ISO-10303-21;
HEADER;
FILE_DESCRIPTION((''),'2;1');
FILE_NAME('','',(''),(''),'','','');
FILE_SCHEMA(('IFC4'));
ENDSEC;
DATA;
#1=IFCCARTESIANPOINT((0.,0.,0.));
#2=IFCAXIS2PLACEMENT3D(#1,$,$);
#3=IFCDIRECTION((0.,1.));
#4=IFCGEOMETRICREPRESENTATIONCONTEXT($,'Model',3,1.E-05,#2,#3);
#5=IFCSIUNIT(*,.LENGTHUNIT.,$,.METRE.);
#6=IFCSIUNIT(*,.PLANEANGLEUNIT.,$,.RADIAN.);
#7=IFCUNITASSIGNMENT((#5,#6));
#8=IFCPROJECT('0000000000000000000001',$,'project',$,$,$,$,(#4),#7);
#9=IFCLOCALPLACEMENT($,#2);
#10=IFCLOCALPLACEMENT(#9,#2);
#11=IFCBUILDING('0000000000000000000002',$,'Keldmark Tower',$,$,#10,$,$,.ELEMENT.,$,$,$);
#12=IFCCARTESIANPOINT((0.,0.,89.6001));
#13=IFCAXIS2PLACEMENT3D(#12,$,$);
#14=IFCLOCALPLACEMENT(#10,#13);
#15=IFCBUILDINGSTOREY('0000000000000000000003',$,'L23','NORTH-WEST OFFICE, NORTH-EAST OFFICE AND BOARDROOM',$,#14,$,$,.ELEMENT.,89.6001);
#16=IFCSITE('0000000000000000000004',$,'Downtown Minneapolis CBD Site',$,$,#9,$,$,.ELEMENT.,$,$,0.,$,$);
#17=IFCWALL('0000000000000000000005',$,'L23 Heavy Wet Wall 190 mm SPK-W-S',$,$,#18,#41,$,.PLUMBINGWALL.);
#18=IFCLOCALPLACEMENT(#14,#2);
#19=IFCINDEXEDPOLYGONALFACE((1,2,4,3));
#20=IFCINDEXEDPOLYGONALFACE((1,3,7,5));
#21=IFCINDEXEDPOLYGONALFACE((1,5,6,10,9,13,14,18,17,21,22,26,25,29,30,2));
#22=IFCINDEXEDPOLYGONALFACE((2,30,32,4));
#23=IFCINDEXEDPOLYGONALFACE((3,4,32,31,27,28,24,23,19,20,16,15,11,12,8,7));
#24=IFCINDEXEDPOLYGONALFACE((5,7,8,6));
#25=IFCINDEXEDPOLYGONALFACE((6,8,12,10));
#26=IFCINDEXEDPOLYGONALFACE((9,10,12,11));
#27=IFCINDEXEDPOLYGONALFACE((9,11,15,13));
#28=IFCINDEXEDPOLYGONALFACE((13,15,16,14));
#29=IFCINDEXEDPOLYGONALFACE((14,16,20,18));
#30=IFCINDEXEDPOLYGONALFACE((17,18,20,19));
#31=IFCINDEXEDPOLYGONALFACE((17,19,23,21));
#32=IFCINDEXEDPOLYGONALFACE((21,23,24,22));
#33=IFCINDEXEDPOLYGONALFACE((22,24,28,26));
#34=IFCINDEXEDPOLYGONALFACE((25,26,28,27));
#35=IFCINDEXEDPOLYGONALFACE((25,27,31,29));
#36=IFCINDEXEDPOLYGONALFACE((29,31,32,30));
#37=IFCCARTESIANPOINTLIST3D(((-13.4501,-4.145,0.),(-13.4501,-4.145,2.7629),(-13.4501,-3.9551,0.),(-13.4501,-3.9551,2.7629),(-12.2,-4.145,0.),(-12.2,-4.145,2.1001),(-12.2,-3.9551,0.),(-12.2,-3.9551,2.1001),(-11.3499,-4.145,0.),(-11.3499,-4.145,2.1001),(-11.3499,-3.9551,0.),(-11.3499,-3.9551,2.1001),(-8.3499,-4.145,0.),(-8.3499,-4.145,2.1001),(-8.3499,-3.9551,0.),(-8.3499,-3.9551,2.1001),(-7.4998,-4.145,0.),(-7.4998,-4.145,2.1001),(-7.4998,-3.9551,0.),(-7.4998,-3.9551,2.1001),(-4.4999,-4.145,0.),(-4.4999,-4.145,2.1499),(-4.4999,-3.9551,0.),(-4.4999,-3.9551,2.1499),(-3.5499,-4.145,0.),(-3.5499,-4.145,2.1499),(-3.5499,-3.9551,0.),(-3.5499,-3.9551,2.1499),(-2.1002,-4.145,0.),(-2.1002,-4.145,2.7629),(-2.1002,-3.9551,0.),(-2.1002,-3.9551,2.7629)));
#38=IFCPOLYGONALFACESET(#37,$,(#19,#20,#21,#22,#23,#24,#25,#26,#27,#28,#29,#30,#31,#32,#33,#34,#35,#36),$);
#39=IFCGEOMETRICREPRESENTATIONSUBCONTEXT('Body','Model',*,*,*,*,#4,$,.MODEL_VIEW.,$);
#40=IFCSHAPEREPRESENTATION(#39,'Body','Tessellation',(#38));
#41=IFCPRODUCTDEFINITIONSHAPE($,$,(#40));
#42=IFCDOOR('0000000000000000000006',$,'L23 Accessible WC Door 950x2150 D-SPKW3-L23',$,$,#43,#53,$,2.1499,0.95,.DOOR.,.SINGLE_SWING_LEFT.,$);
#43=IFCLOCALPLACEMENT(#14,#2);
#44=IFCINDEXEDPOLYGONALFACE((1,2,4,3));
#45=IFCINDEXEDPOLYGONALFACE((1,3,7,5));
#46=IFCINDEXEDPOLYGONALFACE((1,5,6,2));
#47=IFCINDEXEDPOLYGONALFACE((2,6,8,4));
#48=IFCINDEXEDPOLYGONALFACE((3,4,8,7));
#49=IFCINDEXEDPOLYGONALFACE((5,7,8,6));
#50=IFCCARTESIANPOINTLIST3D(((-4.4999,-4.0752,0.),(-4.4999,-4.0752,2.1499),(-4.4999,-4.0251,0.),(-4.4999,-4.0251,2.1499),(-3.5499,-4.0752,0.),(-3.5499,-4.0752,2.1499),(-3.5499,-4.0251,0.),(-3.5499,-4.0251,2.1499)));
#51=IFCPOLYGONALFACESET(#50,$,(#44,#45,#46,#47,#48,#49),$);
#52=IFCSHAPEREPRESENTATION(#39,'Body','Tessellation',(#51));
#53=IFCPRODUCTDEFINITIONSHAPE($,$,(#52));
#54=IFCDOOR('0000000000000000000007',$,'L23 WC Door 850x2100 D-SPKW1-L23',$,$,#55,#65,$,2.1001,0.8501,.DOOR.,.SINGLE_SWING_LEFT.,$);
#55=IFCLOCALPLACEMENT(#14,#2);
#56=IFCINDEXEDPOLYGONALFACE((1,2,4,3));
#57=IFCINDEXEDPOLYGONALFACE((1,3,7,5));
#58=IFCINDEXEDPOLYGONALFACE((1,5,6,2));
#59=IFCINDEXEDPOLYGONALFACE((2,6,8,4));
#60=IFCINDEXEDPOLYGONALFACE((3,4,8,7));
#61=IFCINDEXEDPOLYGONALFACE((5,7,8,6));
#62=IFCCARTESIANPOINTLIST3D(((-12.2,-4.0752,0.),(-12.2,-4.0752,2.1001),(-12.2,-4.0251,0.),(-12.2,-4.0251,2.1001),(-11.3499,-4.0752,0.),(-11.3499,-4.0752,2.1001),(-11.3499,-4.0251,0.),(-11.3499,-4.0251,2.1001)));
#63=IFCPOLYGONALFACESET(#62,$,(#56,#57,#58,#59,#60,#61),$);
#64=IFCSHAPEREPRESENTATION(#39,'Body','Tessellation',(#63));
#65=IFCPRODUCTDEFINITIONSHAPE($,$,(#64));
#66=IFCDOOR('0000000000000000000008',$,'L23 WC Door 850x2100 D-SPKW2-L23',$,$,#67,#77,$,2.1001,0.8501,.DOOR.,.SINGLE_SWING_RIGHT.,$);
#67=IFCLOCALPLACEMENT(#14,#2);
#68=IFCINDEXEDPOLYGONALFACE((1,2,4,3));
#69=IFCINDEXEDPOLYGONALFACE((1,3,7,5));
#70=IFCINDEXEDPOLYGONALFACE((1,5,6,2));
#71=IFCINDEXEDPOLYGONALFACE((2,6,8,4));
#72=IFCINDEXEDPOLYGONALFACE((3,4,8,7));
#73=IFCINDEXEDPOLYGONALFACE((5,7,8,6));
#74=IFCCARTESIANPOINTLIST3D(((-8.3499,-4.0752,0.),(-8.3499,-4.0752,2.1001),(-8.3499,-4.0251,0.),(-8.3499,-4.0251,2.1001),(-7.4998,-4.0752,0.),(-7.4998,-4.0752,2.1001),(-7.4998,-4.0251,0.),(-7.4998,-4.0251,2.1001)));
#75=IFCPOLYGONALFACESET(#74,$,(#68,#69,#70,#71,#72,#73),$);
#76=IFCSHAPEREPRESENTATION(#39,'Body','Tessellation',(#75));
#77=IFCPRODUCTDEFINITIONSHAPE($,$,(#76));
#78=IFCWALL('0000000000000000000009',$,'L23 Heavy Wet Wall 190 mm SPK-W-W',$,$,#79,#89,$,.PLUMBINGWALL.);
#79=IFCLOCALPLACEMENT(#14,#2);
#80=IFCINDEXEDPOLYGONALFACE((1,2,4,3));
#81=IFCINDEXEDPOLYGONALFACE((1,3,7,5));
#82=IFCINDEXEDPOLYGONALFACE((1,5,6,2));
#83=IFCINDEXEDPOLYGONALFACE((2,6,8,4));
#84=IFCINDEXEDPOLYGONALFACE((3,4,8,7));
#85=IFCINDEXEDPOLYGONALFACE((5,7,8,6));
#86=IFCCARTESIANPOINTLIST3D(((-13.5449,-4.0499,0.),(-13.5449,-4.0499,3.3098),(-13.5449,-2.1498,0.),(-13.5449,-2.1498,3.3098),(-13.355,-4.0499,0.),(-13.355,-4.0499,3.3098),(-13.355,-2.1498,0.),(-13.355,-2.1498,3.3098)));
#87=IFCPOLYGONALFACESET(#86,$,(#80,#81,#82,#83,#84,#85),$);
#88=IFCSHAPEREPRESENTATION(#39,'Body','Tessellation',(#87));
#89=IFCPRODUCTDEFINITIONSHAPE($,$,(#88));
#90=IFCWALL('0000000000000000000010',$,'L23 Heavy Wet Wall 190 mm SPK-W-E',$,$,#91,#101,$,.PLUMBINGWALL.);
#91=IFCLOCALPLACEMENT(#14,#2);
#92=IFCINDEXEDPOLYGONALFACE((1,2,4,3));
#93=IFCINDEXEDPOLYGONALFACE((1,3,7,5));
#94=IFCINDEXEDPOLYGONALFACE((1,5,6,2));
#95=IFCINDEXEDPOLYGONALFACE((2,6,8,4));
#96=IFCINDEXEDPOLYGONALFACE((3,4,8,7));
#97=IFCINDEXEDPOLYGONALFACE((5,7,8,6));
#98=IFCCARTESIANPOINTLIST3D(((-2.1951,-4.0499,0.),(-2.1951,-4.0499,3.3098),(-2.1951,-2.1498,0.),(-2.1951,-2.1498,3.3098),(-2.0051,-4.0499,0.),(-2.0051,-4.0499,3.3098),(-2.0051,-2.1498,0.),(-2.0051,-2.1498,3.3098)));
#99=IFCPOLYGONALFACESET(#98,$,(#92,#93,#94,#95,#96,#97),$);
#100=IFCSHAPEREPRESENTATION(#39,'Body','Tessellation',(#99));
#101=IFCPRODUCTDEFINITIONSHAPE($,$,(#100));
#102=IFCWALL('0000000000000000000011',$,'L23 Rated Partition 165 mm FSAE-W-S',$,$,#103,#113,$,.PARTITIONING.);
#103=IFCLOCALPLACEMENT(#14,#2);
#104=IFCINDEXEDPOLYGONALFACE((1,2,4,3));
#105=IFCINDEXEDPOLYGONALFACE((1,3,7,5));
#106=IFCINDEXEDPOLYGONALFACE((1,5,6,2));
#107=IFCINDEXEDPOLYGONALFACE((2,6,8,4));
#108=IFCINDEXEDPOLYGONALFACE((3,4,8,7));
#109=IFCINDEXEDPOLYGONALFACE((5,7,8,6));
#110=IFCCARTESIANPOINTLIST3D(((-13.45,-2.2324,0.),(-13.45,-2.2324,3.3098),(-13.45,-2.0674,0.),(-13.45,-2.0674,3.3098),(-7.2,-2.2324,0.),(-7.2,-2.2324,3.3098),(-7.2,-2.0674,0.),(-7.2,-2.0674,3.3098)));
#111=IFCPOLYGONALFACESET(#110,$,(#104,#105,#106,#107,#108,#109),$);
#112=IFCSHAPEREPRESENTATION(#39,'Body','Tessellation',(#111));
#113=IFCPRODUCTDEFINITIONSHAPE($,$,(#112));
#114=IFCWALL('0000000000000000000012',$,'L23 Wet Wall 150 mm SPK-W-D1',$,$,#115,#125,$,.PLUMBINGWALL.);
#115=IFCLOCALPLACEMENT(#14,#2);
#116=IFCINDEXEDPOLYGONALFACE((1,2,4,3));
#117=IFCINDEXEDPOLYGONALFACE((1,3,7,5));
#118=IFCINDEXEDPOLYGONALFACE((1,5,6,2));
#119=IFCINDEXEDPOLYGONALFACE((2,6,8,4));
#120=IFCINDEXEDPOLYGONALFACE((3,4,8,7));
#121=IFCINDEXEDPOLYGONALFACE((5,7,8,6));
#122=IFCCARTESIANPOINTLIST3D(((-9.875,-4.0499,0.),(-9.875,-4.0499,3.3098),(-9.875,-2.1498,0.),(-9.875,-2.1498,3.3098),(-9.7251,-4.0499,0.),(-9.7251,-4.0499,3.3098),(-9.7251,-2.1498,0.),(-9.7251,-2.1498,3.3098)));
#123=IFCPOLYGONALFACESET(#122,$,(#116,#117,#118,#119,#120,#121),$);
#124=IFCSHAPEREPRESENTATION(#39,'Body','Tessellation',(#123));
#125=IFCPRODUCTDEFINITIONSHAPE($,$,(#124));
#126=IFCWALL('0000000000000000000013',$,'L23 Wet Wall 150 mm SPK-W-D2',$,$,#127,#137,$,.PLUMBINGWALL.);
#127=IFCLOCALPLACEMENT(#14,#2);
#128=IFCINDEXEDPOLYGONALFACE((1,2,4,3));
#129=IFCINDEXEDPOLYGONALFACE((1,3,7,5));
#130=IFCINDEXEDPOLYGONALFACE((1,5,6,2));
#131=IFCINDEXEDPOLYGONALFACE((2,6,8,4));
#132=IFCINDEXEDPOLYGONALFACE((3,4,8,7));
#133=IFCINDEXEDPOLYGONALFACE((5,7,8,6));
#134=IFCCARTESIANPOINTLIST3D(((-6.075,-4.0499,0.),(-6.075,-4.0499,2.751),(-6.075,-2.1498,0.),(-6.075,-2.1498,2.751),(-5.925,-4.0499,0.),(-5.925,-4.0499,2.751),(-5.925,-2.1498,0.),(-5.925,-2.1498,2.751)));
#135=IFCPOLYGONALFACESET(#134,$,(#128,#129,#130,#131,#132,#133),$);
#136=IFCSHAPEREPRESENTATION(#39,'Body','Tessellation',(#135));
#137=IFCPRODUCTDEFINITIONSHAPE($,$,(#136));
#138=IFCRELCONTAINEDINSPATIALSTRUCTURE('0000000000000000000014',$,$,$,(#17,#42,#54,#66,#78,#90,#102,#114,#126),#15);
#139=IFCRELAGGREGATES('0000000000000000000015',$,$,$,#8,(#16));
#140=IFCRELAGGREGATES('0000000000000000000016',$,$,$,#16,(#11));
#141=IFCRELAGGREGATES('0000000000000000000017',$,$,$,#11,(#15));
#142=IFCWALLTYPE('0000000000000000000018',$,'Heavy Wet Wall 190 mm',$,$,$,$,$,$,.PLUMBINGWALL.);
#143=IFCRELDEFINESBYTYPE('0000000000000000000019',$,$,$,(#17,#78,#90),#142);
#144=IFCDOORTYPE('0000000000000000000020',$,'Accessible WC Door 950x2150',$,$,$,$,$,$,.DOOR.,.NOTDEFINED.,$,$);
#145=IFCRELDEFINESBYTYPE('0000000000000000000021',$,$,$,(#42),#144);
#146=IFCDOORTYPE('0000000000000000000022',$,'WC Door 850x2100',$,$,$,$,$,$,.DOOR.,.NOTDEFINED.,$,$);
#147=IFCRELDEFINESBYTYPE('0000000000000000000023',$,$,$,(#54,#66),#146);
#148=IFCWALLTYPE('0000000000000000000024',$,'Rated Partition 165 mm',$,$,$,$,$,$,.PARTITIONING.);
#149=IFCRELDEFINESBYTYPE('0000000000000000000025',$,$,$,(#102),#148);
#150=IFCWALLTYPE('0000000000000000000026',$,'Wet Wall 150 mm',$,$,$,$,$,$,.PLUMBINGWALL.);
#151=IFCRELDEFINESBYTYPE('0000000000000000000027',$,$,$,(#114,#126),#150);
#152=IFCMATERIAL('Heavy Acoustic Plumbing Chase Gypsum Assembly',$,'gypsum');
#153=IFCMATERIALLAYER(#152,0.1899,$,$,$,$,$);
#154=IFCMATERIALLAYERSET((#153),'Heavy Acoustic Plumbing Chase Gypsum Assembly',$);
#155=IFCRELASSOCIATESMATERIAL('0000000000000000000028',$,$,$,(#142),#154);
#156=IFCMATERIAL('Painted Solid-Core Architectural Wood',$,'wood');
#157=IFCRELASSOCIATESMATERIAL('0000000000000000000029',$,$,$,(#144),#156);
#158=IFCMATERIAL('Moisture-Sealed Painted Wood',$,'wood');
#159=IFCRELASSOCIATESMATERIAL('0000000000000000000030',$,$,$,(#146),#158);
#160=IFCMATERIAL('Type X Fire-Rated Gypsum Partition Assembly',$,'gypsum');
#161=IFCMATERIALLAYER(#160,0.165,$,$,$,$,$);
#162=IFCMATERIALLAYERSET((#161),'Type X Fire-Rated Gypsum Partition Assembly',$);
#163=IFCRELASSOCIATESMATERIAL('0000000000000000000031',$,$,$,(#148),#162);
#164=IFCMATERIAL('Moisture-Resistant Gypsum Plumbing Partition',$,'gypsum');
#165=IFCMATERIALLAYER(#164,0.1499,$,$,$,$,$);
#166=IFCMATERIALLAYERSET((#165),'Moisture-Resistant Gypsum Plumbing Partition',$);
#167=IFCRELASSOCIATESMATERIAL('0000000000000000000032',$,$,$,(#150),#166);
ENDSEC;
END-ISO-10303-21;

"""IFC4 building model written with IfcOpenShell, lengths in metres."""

from ifc_helpers import new_model, si_unit, direction, frame, frame_2d, origin, place, context, subcontext, project, spatial, rectangle, extrude, material, layer, layer_set, type_object, element, fill, save


model = new_model("IFC4")

# Units and contexts
model_context = context("Model", 3, precision=1e-05, world=origin(), true_north=direction((0.0, 1.0)))
body_context = subcontext(model_context, "Body", "Model", "MODEL_VIEW")
ifc_project = project(units=[si_unit("LENGTHUNIT", "METRE"), si_unit("PLANEANGLEUNIT", "RADIAN")], contexts=[model_context])

# Site, building, storey
site_placement = place(None, origin())
site = spatial("IfcSite", under=ifc_project, at=site_placement, Name="Downtown Minneapolis CBD Site", CompositionType="ELEMENT", RefElevation=0.0)
building_placement = place(site_placement, origin())
building = spatial("IfcBuilding", under=site, at=building_placement, Name="Keldmark Tower", CompositionType="ELEMENT")
storey_placement = place(building_placement, frame((0.0, 0.0, 89.6001)))
storey = spatial("IfcBuildingStorey", under=building, at=storey_placement, Name="L23", Description="NORTH-WEST OFFICE, NORTH-EAST OFFICE AND BOARDROOM", CompositionType="ELEMENT", Elevation=89.6001)

# Wall, openings, doors
ifc_material_1 = material(Name="Heavy Acoustic Plumbing Chase Gypsum Assembly", Category="gypsum")
ifc_layer_1 = layer(ifc_material_1, 0.1899)
ifc_layer_set_1 = layer_set([ifc_layer_1], Name="Heavy Acoustic Plumbing Chase Gypsum Assembly")
wall_type_1 = type_object("IfcWallType", Name="Heavy Wet Wall 190 mm", PredefinedType="PLUMBINGWALL", material=ifc_layer_set_1)
wall_1_placement = place(storey_placement, frame((-13.45, -4.05, 0.0), z_axis=(0.0, 0.0, 1.0), x_axis=(1.0, 0.0, 0.0)))
wall_1 = element("IfcWall", 1, at=wall_1_placement, inside=storey, type_object=wall_type_1, Name="L23 Heavy Wet Wall 190 mm SPK-W-S", PredefinedType="PLUMBINGWALL", context=body_context, shape_type="SweptSolid", body=[
    extrude(rectangle(XDim=11.3499, YDim=0.1899, at=frame_2d((5.6748, 0.0))), origin(), (0.0, 0.0, 1.0), 2.7629),
])
opening_1_placement = place(wall_1_placement, frame((1.25, 0.0, 0.0)))
opening_1 = element("IfcOpeningElement", 2, at=opening_1_placement, cuts=wall_1, PredefinedType="OPENING", context=body_context, shape_type="SweptSolid", body=[
    extrude(rectangle(XDim=0.8501, YDim=2.1001, at=frame_2d((0.425, 1.05))), frame((0.0, 0.105, 0.0), z_axis=(0.0, -1.0, 0.0), x_axis=(1.0, 0.0, 0.0)), (0.0, 0.0, 1.0), 0.21),
])
opening_2_placement = place(wall_1_placement, frame((5.1001, 0.0, 0.0)))
opening_2 = element("IfcOpeningElement", 3, at=opening_2_placement, cuts=wall_1, PredefinedType="OPENING", context=body_context, shape_type="SweptSolid", body=[
    extrude(rectangle(XDim=0.8501, YDim=2.1001, at=frame_2d((0.425, 1.05))), frame((0.0, 0.105, 0.0), z_axis=(0.0, -1.0, 0.0), x_axis=(1.0, 0.0, 0.0)), (0.0, 0.0, 1.0), 0.21),
])
opening_3_placement = place(wall_1_placement, frame((8.95, 0.0, 0.0)))
opening_3 = element("IfcOpeningElement", 4, at=opening_3_placement, cuts=wall_1, PredefinedType="OPENING", context=body_context, shape_type="SweptSolid", body=[
    extrude(rectangle(XDim=0.95, YDim=2.1499, at=frame_2d((0.4751, 1.075))), frame((0.0, 0.105, 0.0), z_axis=(0.0, -1.0, 0.0), x_axis=(1.0, 0.0, 0.0)), (0.0, 0.0, 1.0), 0.21),
])
ifc_material_2 = material(Name="Painted Solid-Core Architectural Wood", Category="wood")
door_type_1 = type_object("IfcDoorType", Name="Accessible WC Door 950x2150", OperationType="NOTDEFINED", PredefinedType="DOOR", material=ifc_material_2)
door_1_placement = place(opening_3_placement, origin())
door_1 = element("IfcDoor", 5, at=door_1_placement, inside=storey, type_object=door_type_1, Name="L23 Accessible WC Door 950x2150 D-SPKW3-L23", OperationType="SINGLE_SWING_LEFT", OverallHeight=2.1499, OverallWidth=0.95, PredefinedType="DOOR", context=body_context, shape_type="SweptSolid", body=[
    extrude(rectangle(XDim=0.95, YDim=2.1499, at=frame_2d((0.4751, 1.075))), frame((0.0, 0.0249, 0.0), z_axis=(0.0, -1.0, 0.0), x_axis=(1.0, 0.0, 0.0)), (0.0, 0.0, 1.0), 0.05),
])
fill(opening_3, door_1)
ifc_material_3 = material(Name="Moisture-Sealed Painted Wood", Category="wood")
door_type_2 = type_object("IfcDoorType", Name="WC Door 850x2100", OperationType="NOTDEFINED", PredefinedType="DOOR", material=ifc_material_3)
door_2_placement = place(opening_1_placement, origin())
door_2 = element("IfcDoor", 6, at=door_2_placement, inside=storey, type_object=door_type_2, Name="L23 WC Door 850x2100 D-SPKW1-L23", OperationType="SINGLE_SWING_LEFT", OverallHeight=2.1001, OverallWidth=0.8501, PredefinedType="DOOR", context=body_context, shape_type="SweptSolid", body=[
    extrude(rectangle(XDim=0.8501, YDim=2.1001, at=frame_2d((0.425, 1.05))), frame((0.0, 0.0249, 0.0), z_axis=(0.0, -1.0, 0.0), x_axis=(1.0, 0.0, 0.0)), (0.0, 0.0, 1.0), 0.05),
])
fill(opening_1, door_2)
door_3_placement = place(opening_2_placement, origin())
door_3 = element("IfcDoor", 7, at=door_3_placement, inside=storey, type_object=door_type_2, Name="L23 WC Door 850x2100 D-SPKW2-L23", OperationType="SINGLE_SWING_RIGHT", OverallHeight=2.1001, OverallWidth=0.8501, PredefinedType="DOOR", context=body_context, shape_type="SweptSolid", body=[
    extrude(rectangle(XDim=0.8501, YDim=2.1001, at=frame_2d((0.425, 1.05))), frame((0.0, 0.0249, 0.0), z_axis=(0.0, -1.0, 0.0), x_axis=(1.0, 0.0, 0.0)), (0.0, 0.0, 1.0), 0.05),
])
fill(opening_2, door_3)

# Walls
for number, where, z_axis, x_axis, name in (
    (8, (-13.45, -4.05, 0.0), (0.0, 0.0, 1.0), (0.0, 1.0, 0.0), "L23 Heavy Wet Wall 190 mm SPK-W-W"),
    (9, (-2.1001, -4.05, 0.0), (0.0, 0.0, 1.0), (0.0, 1.0, 0.0), "L23 Heavy Wet Wall 190 mm SPK-W-E"),
):
    element("IfcWall", number, at=place(storey_placement, frame(where, z_axis=z_axis, x_axis=x_axis)), inside=storey, type_object=wall_type_1, Name=name, PredefinedType="PLUMBINGWALL", context=body_context, shape_type="SweptSolid", body=[
        extrude(rectangle(XDim=1.9001, YDim=0.1899, at=frame_2d((0.9502, 0.0))), origin(), (0.0, 0.0, 1.0), 3.3098),
    ])
ifc_material_4 = material(Name="Type X Fire-Rated Gypsum Partition Assembly", Category="gypsum")
ifc_layer_2 = layer(ifc_material_4, 0.165)
ifc_layer_set_2 = layer_set([ifc_layer_2], Name="Type X Fire-Rated Gypsum Partition Assembly")
wall_type_2 = type_object("IfcWallType", Name="Rated Partition 165 mm", PredefinedType="PARTITIONING", material=ifc_layer_set_2)
wall_2_placement = place(storey_placement, frame((-13.45, -2.1499, 0.0), z_axis=(0.0, 0.0, 1.0), x_axis=(1.0, 0.0, 0.0)))
element("IfcWall", 10, at=wall_2_placement, inside=storey, type_object=wall_type_2, Name="L23 Rated Partition 165 mm FSAE-W-S", PredefinedType="PARTITIONING", context=body_context, shape_type="SweptSolid", body=[
    extrude(rectangle(XDim=6.25, YDim=0.165, at=frame_2d((3.125, 0.0))), origin(), (0.0, 0.0, 1.0), 3.3098),
])

# Walls
ifc_material_5 = material(Name="Moisture-Resistant Gypsum Plumbing Partition", Category="gypsum")
ifc_layer_3 = layer(ifc_material_5, 0.1499)
ifc_layer_set_3 = layer_set([ifc_layer_3], Name="Moisture-Resistant Gypsum Plumbing Partition")
wall_type_3 = type_object("IfcWallType", Name="Wet Wall 150 mm", PredefinedType="PLUMBINGWALL", material=ifc_layer_set_3)
wall_3_placement = place(storey_placement, frame((-9.8, -4.05, 0.0), z_axis=(0.0, 0.0, 1.0), x_axis=(0.0, 1.0, 0.0)))
element("IfcWall", 11, at=wall_3_placement, inside=storey, type_object=wall_type_3, Name="L23 Wet Wall 150 mm SPK-W-D1", PredefinedType="PLUMBINGWALL", context=body_context, shape_type="SweptSolid", body=[
    extrude(rectangle(XDim=1.9001, YDim=0.1499, at=frame_2d((0.9502, 0.0))), origin(), (0.0, 0.0, 1.0), 3.3098),
])
wall_4_placement = place(storey_placement, frame((-6.0, -4.05, 0.0), z_axis=(0.0, 0.0, 1.0), x_axis=(0.0, 1.0, 0.0)))
element("IfcWall", 12, at=wall_4_placement, inside=storey, type_object=wall_type_3, Name="L23 Wet Wall 150 mm SPK-W-D2", PredefinedType="PLUMBINGWALL", context=body_context, shape_type="SweptSolid", body=[
    extrude(rectangle(XDim=1.9001, YDim=0.1499, at=frame_2d((0.9502, 0.0))), origin(), (0.0, 0.0, 1.0), 2.751),
])

save(model, "model.ifc")
